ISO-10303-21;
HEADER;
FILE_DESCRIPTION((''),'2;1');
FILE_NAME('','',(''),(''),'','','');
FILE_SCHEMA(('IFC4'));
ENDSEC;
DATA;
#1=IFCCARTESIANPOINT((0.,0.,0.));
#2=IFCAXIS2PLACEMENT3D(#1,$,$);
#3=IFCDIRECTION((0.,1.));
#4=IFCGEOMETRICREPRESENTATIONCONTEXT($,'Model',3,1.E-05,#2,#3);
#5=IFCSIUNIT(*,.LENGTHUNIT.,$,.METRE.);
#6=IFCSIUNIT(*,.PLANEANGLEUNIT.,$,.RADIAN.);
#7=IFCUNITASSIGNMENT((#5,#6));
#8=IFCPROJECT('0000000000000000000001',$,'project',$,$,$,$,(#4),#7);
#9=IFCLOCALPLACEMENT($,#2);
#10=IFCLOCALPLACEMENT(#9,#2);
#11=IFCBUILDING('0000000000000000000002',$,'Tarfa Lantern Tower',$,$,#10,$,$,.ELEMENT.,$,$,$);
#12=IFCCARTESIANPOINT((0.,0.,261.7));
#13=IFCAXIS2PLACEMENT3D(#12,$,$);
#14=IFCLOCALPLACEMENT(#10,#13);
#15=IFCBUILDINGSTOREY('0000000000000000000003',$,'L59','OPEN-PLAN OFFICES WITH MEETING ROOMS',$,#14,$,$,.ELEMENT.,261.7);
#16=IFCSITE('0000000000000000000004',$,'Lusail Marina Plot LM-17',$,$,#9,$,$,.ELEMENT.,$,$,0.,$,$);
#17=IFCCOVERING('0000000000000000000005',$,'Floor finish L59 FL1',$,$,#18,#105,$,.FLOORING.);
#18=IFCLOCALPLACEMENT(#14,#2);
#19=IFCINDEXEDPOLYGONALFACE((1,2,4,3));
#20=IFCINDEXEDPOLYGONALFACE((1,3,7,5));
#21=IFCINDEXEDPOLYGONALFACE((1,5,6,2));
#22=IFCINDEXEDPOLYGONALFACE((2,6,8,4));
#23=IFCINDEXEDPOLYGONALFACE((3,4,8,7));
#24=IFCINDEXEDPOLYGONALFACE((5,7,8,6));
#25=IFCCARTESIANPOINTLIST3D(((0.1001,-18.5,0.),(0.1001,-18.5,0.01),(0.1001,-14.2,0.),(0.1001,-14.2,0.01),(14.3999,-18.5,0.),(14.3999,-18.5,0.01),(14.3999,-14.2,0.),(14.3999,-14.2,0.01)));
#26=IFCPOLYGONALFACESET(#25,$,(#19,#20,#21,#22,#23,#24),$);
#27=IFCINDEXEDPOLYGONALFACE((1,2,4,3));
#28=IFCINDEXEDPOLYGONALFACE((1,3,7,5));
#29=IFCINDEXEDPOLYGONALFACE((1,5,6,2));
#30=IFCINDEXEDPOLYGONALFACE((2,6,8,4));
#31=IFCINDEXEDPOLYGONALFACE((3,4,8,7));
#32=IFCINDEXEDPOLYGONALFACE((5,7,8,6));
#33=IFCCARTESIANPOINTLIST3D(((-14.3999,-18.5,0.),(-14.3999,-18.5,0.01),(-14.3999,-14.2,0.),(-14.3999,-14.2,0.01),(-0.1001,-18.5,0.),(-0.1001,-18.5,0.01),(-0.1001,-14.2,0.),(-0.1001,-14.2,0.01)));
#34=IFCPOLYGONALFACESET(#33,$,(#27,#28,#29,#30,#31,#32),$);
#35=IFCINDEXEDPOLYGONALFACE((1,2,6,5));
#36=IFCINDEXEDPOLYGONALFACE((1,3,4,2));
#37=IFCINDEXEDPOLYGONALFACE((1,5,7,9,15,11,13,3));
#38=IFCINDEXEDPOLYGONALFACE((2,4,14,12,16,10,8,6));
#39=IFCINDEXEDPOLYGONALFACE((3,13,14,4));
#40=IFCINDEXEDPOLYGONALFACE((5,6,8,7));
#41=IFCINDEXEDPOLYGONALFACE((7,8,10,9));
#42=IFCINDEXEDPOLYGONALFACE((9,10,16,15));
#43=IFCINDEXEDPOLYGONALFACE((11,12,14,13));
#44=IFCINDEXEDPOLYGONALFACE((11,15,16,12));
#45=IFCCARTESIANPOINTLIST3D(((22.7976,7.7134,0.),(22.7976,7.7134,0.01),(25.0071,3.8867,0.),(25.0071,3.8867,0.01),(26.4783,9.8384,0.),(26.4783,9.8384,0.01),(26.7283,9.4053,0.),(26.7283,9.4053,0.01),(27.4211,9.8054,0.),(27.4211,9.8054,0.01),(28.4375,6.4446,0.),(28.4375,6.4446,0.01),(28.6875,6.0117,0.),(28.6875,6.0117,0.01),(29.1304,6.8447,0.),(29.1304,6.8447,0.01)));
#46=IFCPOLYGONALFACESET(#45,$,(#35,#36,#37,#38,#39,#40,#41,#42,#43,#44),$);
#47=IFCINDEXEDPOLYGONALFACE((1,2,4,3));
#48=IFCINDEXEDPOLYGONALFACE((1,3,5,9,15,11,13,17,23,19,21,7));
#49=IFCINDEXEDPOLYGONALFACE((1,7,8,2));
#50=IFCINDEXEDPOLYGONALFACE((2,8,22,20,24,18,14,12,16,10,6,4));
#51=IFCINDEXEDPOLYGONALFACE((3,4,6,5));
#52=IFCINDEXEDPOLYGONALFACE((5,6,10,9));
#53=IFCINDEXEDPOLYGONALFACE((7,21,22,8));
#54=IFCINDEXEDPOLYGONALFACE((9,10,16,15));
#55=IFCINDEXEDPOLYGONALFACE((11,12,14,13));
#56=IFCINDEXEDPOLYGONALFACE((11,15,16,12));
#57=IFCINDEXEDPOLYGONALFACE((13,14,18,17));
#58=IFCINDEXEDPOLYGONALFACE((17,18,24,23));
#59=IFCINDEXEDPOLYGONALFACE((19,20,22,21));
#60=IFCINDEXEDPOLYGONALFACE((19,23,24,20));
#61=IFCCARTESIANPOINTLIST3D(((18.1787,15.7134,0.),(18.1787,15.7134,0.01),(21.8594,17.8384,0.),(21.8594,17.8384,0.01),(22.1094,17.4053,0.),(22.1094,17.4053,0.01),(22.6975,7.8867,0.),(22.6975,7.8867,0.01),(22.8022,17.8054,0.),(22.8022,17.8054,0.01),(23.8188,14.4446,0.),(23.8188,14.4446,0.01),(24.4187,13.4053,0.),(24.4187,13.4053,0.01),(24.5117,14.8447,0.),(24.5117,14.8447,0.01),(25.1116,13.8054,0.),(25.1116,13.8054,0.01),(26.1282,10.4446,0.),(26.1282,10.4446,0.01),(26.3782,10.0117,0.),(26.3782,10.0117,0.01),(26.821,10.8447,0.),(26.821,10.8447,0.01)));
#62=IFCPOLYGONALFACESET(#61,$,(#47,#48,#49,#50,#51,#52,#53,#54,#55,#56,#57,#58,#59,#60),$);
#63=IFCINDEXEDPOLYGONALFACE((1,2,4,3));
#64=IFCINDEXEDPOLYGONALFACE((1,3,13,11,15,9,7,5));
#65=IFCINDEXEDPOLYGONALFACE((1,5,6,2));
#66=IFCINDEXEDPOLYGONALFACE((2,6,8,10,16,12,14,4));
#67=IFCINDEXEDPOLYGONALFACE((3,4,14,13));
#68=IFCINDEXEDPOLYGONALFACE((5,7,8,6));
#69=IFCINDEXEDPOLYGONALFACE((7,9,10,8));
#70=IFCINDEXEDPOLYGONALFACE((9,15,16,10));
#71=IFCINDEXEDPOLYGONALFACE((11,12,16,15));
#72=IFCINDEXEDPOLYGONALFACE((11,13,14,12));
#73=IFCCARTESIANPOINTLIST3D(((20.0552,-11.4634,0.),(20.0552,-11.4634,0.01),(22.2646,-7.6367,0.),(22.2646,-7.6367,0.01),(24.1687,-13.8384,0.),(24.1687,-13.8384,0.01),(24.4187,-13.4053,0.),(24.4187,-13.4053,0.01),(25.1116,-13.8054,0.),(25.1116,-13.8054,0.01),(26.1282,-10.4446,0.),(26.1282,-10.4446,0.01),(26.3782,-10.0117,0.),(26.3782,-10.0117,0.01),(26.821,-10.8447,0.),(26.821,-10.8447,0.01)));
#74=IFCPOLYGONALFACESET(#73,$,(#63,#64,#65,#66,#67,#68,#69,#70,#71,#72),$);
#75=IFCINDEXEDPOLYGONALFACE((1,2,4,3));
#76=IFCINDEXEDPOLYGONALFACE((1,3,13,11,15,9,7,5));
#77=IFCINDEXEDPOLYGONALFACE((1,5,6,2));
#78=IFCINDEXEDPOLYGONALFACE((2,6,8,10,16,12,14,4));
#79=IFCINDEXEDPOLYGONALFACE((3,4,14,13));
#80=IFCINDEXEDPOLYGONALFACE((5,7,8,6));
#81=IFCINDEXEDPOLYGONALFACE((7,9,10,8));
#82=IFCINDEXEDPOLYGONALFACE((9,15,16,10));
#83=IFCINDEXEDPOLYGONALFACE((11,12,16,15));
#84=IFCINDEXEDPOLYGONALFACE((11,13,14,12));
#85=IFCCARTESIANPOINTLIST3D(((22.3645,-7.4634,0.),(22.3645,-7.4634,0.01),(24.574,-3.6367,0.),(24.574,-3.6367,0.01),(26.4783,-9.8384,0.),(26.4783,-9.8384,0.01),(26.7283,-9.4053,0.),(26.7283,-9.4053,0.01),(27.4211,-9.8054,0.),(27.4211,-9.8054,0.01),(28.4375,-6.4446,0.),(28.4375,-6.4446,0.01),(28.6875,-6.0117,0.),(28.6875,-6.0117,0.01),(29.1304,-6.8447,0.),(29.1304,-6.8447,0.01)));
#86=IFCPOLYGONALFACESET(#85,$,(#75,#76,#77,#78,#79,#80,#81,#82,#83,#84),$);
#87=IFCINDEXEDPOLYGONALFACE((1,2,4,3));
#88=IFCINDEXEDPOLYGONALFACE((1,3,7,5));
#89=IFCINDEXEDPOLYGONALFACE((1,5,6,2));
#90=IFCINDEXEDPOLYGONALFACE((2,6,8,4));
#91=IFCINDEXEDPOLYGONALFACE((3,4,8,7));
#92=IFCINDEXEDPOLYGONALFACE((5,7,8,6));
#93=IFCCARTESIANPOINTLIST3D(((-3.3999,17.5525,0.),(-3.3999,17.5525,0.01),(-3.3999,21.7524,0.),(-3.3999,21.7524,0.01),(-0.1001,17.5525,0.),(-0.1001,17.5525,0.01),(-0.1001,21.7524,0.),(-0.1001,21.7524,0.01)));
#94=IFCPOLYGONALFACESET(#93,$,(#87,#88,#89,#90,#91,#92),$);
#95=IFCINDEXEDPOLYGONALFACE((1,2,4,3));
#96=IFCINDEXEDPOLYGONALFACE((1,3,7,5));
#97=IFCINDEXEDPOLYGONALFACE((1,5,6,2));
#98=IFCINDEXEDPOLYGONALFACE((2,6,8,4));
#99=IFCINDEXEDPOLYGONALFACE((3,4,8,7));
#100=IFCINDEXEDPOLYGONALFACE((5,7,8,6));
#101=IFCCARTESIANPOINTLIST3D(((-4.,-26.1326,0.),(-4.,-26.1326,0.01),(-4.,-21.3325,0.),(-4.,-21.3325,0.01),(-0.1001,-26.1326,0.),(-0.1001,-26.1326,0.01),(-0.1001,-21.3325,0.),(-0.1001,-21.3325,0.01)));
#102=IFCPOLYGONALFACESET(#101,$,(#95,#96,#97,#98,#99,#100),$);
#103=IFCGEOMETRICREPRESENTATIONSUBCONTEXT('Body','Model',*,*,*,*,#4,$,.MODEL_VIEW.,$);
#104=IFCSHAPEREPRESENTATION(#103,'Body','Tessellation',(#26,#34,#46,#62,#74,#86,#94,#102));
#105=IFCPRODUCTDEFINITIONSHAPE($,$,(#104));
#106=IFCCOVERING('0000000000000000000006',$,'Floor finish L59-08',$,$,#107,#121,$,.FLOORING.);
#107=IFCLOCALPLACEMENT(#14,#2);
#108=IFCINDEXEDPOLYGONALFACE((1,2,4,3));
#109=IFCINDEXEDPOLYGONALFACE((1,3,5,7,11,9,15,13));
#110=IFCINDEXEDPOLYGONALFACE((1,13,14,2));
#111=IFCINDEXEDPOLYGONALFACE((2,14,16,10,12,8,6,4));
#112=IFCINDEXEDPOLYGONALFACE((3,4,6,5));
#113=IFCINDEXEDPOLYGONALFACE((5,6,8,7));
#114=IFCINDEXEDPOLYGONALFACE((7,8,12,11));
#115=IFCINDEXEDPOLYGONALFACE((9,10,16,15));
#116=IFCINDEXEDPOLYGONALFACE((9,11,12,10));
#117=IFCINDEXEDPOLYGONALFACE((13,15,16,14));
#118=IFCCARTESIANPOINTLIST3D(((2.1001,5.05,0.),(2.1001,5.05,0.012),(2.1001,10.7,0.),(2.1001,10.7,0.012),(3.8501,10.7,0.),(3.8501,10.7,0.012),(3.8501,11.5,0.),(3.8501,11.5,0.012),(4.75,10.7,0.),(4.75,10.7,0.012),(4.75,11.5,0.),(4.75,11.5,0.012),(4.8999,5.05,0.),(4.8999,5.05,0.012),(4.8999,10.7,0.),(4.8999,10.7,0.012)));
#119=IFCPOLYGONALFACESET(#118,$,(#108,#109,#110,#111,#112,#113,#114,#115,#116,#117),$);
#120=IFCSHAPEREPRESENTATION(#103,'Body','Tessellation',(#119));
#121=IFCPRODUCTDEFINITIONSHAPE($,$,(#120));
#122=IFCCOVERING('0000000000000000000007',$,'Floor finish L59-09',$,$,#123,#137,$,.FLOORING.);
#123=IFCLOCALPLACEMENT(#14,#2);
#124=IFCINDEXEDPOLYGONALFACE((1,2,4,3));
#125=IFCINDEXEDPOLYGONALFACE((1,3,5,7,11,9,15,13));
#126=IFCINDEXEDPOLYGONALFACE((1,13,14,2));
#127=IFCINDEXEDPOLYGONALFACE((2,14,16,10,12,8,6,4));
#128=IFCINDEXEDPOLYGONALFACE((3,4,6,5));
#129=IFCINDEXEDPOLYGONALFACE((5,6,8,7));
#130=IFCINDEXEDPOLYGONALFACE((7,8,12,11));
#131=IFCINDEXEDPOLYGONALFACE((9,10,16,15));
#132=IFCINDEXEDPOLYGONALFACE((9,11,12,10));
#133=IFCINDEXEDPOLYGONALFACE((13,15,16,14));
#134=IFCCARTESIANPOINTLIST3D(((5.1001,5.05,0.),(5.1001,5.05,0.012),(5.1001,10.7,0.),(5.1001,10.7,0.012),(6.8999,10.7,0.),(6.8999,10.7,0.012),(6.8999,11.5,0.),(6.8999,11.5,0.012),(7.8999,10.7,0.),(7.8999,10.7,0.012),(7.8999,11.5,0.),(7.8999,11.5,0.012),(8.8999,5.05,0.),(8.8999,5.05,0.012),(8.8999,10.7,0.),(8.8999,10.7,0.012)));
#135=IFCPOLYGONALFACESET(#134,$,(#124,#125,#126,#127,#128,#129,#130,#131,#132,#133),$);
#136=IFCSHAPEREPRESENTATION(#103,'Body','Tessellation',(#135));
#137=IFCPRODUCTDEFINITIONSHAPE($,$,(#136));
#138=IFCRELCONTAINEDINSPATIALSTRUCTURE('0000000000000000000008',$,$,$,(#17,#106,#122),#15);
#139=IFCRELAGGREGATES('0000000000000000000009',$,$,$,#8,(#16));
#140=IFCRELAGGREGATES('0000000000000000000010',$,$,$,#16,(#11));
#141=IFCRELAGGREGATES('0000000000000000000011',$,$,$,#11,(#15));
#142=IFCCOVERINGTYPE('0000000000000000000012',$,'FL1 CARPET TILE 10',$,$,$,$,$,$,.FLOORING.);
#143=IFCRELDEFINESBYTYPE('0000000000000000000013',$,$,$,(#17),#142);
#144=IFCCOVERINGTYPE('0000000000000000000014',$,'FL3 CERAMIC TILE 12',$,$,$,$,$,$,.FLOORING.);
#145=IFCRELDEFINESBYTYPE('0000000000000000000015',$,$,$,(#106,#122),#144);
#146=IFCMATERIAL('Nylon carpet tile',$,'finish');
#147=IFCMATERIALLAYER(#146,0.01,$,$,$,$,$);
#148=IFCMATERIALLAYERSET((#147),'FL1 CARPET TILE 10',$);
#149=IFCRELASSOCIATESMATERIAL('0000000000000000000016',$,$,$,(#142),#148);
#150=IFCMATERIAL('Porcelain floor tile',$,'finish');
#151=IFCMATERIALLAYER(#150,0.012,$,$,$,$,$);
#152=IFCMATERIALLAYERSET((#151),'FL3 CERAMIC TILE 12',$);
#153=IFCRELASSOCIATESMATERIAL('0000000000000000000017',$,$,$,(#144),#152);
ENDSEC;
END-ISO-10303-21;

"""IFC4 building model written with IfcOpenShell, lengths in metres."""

from ifc_helpers import new_model, si_unit, direction, frame, origin, place, context, subcontext, project, spatial, polyline, outline, extrude, material, layer, layer_set, type_object, element, save


model = new_model("IFC4")

# Units and contexts
model_context = context("Model", 3, precision=1e-05, world=origin(), true_north=direction((0.0, 1.0)))
body_context = subcontext(model_context, "Body", "Model", "MODEL_VIEW")
ifc_project = project(units=[si_unit("LENGTHUNIT", "METRE"), si_unit("PLANEANGLEUNIT", "RADIAN")], contexts=[model_context])

# Site, building, storey
site_placement = place(None, origin())
site = spatial("IfcSite", under=ifc_project, at=site_placement, Name="Lusail Marina Plot LM-17", CompositionType="ELEMENT", RefElevation=0.0)
building_placement = place(site_placement, origin())
building = spatial("IfcBuilding", under=site, at=building_placement, Name="Tarfa Lantern Tower", CompositionType="ELEMENT")
storey_placement = place(building_placement, frame((0.0, 0.0, 261.7)))
storey = spatial("IfcBuildingStorey", under=building, at=storey_placement, Name="L59", Description="OPEN-PLAN OFFICES WITH MEETING ROOMS", CompositionType="ELEMENT", Elevation=261.7)

# Coverings
ifc_material_1 = material(Name="Nylon carpet tile", Category="finish")
ifc_layer_1 = layer(ifc_material_1, 0.01)
ifc_layer_set_1 = layer_set([ifc_layer_1], Name="FL1 CARPET TILE 10")
covering_type_1 = type_object("IfcCoveringType", Name="FL1 CARPET TILE 10", PredefinedType="FLOORING", material=ifc_layer_set_1)
covering_1_placement = place(storey_placement, origin())
element("IfcCovering", 1, at=covering_1_placement, inside=storey, type_object=covering_type_1, Name="Floor finish L59 FL1", PredefinedType="FLOORING", context=body_context, shape_type="SweptSolid", body=[
    extrude(outline(polyline([(0.1001, -14.2), (14.3999, -14.2), (14.3999, -18.5), (0.1001, -18.5), (0.1001, -14.2)])), origin(), (0.0, 0.0, 1.0), 0.01),
    extrude(outline(polyline([(-14.3999, -14.2), (-0.1001, -14.2), (-0.1001, -18.5), (-14.3999, -18.5), (-14.3999, -14.2)])), origin(), (0.0, 0.0, 1.0), 0.01),
    extrude(outline(polyline([(22.7976, 7.7134), (26.4783, 9.8384), (26.7283, 9.4053), (27.4211, 9.8054), (29.1304, 6.8447), (28.4375, 6.4446), (28.6875, 6.0117), (25.0071, 3.8867), (22.7976, 7.7134)])), origin(), (0.0, 0.0, 1.0), 0.01),
    extrude(outline(polyline([(18.1787, 15.7134), (21.8594, 17.8384), (22.1094, 17.4053), (22.8022, 17.8054), (24.5117, 14.8447), (23.8188, 14.4446), (24.4187, 13.4053), (25.1116, 13.8054), (26.821, 10.8447), (26.1282, 10.4446), (26.3782, 10.0117), (22.6975, 7.8867), (18.1787, 15.7134)])), origin(), (0.0, 0.0, 1.0), 0.01),
    extrude(outline(polyline([(22.2646, -7.6367), (26.3782, -10.0117), (26.1282, -10.4446), (26.821, -10.8447), (25.1116, -13.8054), (24.4187, -13.4053), (24.1687, -13.8384), (20.0552, -11.4634), (22.2646, -7.6367)])), origin(), (0.0, 0.0, 1.0), 0.01),
    extrude(outline(polyline([(24.574, -3.6367), (28.6875, -6.0117), (28.4375, -6.4446), (29.1304, -6.8447), (27.4211, -9.8054), (26.7283, -9.4053), (26.4783, -9.8384), (22.3645, -7.4634), (24.574, -3.6367)])), origin(), (0.0, 0.0, 1.0), 0.01),
    extrude(outline(polyline([(-3.3999, 21.7524), (-0.1001, 21.7524), (-0.1001, 17.5525), (-3.3999, 17.5525), (-3.3999, 21.7524)])), origin(), (0.0, 0.0, 1.0), 0.01),
    extrude(outline(polyline([(-4.0, -26.1326), (-4.0, -21.3325), (-0.1001, -21.3325), (-0.1001, -26.1326), (-4.0, -26.1326)])), origin(), (0.0, 0.0, 1.0), 0.01),
])
ifc_material_2 = material(Name="Porcelain floor tile", Category="finish")
ifc_layer_2 = layer(ifc_material_2, 0.012)
ifc_layer_set_2 = layer_set([ifc_layer_2], Name="FL3 CERAMIC TILE 12")
covering_type_2 = type_object("IfcCoveringType", Name="FL3 CERAMIC TILE 12", PredefinedType="FLOORING", material=ifc_layer_set_2)
covering_2_placement = place(storey_placement, origin())
element("IfcCovering", 2, at=covering_2_placement, inside=storey, type_object=covering_type_2, Name="Floor finish L59-08", PredefinedType="FLOORING", context=body_context, shape_type="SweptSolid", body=[
    extrude(outline(polyline([(2.1001, 5.05), (4.8999, 5.05), (4.8999, 10.7), (4.75, 10.7), (4.75, 11.5), (3.8501, 11.5), (3.8501, 10.7), (2.1001, 10.7), (2.1001, 5.05)])), origin(), (0.0, 0.0, 1.0), 0.012),
])
covering_3_placement = place(storey_placement, origin())
element("IfcCovering", 3, at=covering_3_placement, inside=storey, type_object=covering_type_2, Name="Floor finish L59-09", PredefinedType="FLOORING", context=body_context, shape_type="SweptSolid", body=[
    extrude(outline(polyline([(5.1001, 5.05), (8.8999, 5.05), (8.8999, 10.7), (7.8999, 10.7), (7.8999, 11.5), (6.8999, 11.5), (6.8999, 10.7), (5.1001, 10.7), (5.1001, 5.05)])), origin(), (0.0, 0.0, 1.0), 0.012),
])

save(model, "model.ifc")
